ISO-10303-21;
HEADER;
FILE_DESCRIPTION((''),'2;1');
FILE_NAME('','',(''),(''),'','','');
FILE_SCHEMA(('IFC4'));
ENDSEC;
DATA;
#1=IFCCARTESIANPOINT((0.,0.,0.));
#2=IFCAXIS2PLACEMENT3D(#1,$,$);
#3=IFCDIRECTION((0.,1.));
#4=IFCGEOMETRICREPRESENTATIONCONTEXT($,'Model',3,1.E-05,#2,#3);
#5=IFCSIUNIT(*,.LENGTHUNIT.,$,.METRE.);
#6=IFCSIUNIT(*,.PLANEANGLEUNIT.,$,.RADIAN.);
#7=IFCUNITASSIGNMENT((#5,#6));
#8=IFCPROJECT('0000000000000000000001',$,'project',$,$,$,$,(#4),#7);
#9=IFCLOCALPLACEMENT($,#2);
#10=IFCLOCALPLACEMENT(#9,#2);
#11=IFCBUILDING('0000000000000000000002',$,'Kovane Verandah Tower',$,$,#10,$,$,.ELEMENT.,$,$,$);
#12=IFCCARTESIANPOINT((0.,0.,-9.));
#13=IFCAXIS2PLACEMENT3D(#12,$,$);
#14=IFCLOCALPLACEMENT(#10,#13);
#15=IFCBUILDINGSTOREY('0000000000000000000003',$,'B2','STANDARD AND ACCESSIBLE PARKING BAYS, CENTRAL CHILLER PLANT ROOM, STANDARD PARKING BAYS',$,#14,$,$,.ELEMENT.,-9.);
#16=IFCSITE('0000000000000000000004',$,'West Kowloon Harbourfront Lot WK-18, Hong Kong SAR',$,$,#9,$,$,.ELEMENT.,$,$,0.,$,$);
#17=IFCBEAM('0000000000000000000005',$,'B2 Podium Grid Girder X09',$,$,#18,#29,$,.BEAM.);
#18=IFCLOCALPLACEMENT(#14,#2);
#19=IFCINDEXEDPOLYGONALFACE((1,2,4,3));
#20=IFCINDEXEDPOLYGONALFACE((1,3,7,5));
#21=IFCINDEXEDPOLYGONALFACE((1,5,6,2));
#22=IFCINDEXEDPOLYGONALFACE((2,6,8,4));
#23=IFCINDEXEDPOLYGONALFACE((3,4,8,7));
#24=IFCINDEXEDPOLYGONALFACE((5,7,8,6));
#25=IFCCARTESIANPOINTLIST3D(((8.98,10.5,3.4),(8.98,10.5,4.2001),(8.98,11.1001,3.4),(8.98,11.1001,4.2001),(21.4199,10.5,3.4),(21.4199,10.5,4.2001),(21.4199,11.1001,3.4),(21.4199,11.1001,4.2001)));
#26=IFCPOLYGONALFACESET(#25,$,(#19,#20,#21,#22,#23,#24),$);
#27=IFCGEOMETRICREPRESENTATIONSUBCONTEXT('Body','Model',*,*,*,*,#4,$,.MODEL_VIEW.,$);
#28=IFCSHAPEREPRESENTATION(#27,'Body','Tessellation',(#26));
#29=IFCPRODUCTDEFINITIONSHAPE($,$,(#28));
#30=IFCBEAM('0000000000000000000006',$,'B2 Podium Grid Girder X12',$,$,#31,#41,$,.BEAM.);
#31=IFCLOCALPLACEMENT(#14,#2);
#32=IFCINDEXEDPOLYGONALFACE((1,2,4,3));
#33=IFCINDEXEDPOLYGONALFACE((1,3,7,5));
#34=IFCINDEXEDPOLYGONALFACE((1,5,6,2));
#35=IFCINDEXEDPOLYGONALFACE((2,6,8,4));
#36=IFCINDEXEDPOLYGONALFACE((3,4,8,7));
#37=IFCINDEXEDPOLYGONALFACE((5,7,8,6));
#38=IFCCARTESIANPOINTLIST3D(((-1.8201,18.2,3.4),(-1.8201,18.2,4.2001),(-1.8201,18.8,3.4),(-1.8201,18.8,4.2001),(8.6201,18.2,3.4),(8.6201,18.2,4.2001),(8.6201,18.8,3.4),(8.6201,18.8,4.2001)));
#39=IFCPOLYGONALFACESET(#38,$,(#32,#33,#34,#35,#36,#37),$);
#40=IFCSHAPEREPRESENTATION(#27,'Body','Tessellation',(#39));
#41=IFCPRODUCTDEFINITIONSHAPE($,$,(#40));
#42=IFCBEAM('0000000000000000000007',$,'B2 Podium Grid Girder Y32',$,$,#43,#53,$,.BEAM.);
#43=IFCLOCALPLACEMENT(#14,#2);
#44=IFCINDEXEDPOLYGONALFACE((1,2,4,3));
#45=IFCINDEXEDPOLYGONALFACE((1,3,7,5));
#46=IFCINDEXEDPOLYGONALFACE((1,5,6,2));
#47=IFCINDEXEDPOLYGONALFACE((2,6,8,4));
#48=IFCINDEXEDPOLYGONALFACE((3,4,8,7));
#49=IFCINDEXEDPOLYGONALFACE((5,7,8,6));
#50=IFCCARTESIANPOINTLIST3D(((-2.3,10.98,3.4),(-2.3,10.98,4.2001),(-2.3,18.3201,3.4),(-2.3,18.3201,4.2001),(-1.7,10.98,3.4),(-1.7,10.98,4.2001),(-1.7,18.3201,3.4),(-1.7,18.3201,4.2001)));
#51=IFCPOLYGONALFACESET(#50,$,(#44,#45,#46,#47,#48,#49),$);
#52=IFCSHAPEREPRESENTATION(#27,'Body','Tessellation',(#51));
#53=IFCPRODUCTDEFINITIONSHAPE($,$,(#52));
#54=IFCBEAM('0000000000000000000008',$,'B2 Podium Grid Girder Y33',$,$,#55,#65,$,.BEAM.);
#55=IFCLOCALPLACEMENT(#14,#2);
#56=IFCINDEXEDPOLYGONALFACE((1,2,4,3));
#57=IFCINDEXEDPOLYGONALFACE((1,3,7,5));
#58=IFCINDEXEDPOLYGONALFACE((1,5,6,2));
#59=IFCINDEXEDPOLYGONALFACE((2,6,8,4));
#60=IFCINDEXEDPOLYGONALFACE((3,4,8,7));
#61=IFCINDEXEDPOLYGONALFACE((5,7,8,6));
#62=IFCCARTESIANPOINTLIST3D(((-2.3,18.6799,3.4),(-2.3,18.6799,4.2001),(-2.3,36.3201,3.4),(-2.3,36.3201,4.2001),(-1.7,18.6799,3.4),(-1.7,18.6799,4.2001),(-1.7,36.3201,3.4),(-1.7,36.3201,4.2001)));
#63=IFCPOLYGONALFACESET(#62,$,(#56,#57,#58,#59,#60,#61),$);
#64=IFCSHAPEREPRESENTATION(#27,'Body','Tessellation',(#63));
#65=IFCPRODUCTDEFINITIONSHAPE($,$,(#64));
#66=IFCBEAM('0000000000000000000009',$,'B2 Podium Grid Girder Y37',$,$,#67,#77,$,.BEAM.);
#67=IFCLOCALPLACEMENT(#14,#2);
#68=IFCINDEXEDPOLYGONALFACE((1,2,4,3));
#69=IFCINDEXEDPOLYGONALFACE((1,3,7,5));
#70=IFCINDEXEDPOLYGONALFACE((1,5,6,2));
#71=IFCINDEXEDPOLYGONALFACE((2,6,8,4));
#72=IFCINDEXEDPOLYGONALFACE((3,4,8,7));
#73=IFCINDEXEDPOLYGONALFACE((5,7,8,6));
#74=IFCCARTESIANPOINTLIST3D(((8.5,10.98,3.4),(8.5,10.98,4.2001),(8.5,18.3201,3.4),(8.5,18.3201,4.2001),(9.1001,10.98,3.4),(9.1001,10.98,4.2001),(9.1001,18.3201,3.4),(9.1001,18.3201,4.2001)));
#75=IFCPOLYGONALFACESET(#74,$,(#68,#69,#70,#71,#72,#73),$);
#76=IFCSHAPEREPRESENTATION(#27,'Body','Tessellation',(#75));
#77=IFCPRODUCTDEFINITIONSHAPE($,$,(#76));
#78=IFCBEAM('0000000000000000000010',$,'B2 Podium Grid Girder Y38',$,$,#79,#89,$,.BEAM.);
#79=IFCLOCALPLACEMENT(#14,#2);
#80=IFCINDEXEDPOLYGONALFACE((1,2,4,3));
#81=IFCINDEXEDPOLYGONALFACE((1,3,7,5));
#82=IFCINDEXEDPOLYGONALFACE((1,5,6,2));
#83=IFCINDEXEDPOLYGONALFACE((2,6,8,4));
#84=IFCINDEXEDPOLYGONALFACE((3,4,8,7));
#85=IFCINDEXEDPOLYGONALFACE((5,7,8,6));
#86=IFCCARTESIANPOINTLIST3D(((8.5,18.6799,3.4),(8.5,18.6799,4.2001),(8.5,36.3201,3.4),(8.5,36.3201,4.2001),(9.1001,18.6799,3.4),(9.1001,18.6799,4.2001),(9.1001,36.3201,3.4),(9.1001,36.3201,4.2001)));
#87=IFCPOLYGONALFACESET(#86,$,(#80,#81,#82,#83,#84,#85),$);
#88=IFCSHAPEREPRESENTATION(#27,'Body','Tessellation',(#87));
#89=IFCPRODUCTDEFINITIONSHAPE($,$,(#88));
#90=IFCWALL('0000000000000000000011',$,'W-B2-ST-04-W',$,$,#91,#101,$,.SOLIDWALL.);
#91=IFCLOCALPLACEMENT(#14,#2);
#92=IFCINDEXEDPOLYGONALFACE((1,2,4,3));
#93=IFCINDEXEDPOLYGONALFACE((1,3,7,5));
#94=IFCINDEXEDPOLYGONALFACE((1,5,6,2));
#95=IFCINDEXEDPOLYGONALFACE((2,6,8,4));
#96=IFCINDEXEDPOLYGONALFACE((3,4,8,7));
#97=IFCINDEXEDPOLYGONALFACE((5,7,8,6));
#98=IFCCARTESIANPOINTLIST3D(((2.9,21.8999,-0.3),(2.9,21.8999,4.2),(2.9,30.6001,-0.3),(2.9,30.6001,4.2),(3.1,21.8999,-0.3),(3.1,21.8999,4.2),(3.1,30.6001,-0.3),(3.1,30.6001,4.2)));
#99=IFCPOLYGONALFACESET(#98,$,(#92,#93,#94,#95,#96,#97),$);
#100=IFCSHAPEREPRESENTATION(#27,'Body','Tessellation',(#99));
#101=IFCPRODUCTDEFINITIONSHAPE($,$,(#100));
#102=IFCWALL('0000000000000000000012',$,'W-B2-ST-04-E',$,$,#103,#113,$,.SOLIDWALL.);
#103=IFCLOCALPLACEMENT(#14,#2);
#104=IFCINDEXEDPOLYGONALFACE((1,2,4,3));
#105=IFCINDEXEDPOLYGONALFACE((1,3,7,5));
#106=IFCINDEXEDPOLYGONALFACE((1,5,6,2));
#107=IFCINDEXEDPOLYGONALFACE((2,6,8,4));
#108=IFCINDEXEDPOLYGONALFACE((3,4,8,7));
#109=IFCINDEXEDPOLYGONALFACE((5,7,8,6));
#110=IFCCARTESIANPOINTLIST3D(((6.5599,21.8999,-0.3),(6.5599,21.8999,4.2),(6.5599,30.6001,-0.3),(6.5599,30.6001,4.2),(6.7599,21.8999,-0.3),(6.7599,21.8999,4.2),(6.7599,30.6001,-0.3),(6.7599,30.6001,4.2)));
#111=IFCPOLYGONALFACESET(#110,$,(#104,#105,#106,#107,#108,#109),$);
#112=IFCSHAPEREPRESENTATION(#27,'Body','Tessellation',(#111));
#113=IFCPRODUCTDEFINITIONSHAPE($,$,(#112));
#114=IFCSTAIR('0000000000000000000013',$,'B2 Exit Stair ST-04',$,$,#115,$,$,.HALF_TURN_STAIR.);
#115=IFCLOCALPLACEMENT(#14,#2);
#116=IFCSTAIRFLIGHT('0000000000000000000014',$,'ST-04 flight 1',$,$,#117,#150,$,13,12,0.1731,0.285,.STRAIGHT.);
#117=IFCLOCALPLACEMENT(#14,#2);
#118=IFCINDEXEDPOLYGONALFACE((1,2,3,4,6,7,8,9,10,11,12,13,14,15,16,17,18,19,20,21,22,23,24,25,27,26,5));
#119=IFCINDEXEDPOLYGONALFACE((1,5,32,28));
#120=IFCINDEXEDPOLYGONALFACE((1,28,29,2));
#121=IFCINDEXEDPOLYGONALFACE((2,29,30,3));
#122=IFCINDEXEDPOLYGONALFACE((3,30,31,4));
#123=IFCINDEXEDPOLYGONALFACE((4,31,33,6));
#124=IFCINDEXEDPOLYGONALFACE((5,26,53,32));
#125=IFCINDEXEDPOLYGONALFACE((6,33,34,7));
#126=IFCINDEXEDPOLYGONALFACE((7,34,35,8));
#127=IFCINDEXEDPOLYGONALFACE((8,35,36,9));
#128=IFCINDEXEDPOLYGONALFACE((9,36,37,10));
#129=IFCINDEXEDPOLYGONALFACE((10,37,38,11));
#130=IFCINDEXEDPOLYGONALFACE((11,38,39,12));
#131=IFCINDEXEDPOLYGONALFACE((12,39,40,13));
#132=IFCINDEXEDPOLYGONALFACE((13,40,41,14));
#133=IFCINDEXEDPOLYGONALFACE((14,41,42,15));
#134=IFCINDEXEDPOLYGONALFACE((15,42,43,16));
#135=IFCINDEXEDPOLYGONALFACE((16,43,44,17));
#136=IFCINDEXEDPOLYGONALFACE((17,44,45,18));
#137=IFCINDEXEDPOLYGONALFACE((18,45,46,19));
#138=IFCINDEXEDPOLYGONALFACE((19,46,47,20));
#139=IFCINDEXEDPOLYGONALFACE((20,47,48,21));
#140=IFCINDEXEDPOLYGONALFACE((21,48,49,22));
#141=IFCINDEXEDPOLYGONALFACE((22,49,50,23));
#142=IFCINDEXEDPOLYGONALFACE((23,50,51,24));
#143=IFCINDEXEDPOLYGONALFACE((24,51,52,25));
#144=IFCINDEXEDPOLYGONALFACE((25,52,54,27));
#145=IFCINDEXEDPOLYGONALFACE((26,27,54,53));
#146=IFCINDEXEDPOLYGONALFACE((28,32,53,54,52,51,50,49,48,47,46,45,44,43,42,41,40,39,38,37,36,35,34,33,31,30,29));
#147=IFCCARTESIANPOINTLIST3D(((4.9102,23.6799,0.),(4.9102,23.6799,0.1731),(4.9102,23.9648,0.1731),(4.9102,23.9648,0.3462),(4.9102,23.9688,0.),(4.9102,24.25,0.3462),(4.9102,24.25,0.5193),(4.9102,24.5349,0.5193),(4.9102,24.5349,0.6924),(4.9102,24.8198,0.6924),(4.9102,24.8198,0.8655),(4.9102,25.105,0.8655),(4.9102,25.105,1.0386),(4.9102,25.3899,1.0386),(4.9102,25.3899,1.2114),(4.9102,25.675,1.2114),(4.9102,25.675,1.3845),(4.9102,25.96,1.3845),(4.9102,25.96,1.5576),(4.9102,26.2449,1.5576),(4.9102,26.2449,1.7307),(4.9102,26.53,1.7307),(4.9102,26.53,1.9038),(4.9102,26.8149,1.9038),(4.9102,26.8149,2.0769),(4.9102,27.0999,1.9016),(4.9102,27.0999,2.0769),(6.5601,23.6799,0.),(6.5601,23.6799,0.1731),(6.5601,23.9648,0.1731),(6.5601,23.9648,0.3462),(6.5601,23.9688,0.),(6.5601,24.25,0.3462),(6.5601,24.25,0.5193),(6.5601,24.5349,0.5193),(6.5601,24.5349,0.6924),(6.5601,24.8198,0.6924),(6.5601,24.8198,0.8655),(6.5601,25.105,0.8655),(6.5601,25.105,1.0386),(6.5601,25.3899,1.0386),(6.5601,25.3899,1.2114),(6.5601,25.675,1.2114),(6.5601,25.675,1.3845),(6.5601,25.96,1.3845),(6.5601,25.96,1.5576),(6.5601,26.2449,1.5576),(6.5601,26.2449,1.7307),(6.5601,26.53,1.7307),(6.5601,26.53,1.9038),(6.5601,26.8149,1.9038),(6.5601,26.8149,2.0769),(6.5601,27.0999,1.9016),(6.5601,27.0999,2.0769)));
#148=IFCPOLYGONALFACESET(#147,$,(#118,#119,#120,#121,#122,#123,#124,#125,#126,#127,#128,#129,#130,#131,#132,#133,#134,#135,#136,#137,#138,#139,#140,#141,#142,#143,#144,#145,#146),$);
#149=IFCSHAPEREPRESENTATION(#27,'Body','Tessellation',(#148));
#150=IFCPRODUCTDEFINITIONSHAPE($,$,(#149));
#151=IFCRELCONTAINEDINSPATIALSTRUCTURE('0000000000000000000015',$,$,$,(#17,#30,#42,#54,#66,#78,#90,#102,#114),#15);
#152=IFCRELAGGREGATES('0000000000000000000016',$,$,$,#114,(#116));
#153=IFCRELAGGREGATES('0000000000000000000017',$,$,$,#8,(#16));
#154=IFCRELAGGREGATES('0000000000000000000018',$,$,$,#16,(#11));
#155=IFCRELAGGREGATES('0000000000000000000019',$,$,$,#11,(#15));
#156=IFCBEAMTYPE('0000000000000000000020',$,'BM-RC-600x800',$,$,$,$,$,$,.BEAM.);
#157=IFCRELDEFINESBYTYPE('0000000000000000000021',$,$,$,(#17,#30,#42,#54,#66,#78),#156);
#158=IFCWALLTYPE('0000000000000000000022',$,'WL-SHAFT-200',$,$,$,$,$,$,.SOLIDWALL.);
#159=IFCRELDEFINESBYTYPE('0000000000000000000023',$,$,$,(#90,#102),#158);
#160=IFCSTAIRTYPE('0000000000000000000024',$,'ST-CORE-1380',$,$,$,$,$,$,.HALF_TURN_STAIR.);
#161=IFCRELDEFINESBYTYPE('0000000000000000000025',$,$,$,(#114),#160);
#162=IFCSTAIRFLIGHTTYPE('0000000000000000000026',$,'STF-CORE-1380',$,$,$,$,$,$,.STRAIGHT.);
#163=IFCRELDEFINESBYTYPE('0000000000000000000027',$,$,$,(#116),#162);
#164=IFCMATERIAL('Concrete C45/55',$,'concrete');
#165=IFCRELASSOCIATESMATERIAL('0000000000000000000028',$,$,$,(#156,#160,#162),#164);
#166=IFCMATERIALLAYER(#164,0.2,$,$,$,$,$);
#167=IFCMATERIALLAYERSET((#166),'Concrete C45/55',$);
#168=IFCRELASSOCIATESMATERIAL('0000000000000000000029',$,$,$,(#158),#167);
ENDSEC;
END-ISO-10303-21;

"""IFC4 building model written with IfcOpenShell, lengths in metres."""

from ifc_helpers import new_model, si_unit, direction, frame, frame_2d, origin, origin_2d, place, context, subcontext, project, spatial, polyline, rectangle, outline, extrude, material, layer, layer_set, material_profile, profile_set, type_object, element, aggregate, save


model = new_model("IFC4")

# Units and contexts
model_context = context("Model", 3, precision=1e-05, world=origin(), true_north=direction((0.0, 1.0)))
body_context = subcontext(model_context, "Body", "Model", "MODEL_VIEW")
ifc_project = project(units=[si_unit("LENGTHUNIT", "METRE"), si_unit("PLANEANGLEUNIT", "RADIAN")], contexts=[model_context])

# Site, building, storey
site_placement = place(None, origin())
site = spatial("IfcSite", under=ifc_project, at=site_placement, Name="West Kowloon Harbourfront Lot WK-18, Hong Kong SAR", CompositionType="ELEMENT", RefElevation=0.0)
building_placement = place(site_placement, origin())
building = spatial("IfcBuilding", under=site, at=building_placement, Name="Kovane Verandah Tower", CompositionType="ELEMENT")
storey_placement = place(building_placement, frame((0.0, 0.0, -9.0)))
storey = spatial("IfcBuildingStorey", under=building, at=storey_placement, Name="B2", Description="STANDARD AND ACCESSIBLE PARKING BAYS, CENTRAL CHILLER PLANT ROOM, STANDARD PARKING BAYS", CompositionType="ELEMENT", Elevation=-9.0)

# Beams
ifc_material_1 = material(Name="Concrete C45/55", Category="concrete")
ifc_material_profile_1 = material_profile(ifc_material_1, rectangle(XDim=0.6001, YDim=0.8, at=origin_2d()), Name="RCB600x800")
ifc_profile_set_1 = profile_set([ifc_material_profile_1], Name="Concrete C45/55")
beam_type = type_object("IfcBeamType", Name="BM-RC-600x800", PredefinedType="BEAM", material=ifc_profile_set_1)
beam_1_placement = place(storey_placement, frame((8.98, 10.8, 3.8), z_axis=(1.0, 0.0, 0.0), x_axis=(0.0, 1.0, 0.0)))
element("IfcBeam", 1, at=beam_1_placement, inside=storey, type_object=beam_type, Name="B2 Podium Grid Girder X09", PredefinedType="BEAM", context=body_context, shape_type="SweptSolid", body=[
    extrude(rectangle(XDim=0.6001, YDim=0.8, at=origin_2d()), origin(), (0.0, 0.0, 1.0), 12.4399),
])
beam_2_placement = place(storey_placement, frame((-1.8201, 18.5, 3.8), z_axis=(1.0, 0.0, 0.0), x_axis=(0.0, 1.0, 0.0)))
element("IfcBeam", 2, at=beam_2_placement, inside=storey, type_object=beam_type, Name="B2 Podium Grid Girder X12", PredefinedType="BEAM", context=body_context, shape_type="SweptSolid", body=[
    extrude(rectangle(XDim=0.6001, YDim=0.8, at=origin_2d()), origin(), (0.0, 0.0, 1.0), 10.4402),
])
beam_3_placement = place(storey_placement, frame((-2.0, 10.98, 3.8), z_axis=(0.0, 1.0, 0.0), x_axis=(-1.0, 0.0, 0.0)))
element("IfcBeam", 3, at=beam_3_placement, inside=storey, type_object=beam_type, Name="B2 Podium Grid Girder Y32", PredefinedType="BEAM", context=body_context, shape_type="SweptSolid", body=[
    extrude(rectangle(XDim=0.6001, YDim=0.8, at=origin_2d()), origin(), (0.0, 0.0, 1.0), 7.3401),
])
beam_4_placement = place(storey_placement, frame((-2.0, 18.6799, 3.8), z_axis=(0.0, 1.0, 0.0), x_axis=(-1.0, 0.0, 0.0)))
element("IfcBeam", 4, at=beam_4_placement, inside=storey, type_object=beam_type, Name="B2 Podium Grid Girder Y33", PredefinedType="BEAM", context=body_context, shape_type="SweptSolid", body=[
    extrude(rectangle(XDim=0.6001, YDim=0.8, at=origin_2d()), origin(), (0.0, 0.0, 1.0), 17.6401),
])
beam_5_placement = place(storey_placement, frame((8.8, 10.98, 3.8), z_axis=(0.0, 1.0, 0.0), x_axis=(-1.0, 0.0, 0.0)))
element("IfcBeam", 5, at=beam_5_placement, inside=storey, type_object=beam_type, Name="B2 Podium Grid Girder Y37", PredefinedType="BEAM", context=body_context, shape_type="SweptSolid", body=[
    extrude(rectangle(XDim=0.6001, YDim=0.8, at=origin_2d()), origin(), (0.0, 0.0, 1.0), 7.3401),
])
beam_6_placement = place(storey_placement, frame((8.8, 18.6799, 3.8), z_axis=(0.0, 1.0, 0.0), x_axis=(-1.0, 0.0, 0.0)))
element("IfcBeam", 6, at=beam_6_placement, inside=storey, type_object=beam_type, Name="B2 Podium Grid Girder Y38", PredefinedType="BEAM", context=body_context, shape_type="SweptSolid", body=[
    extrude(rectangle(XDim=0.6001, YDim=0.8, at=origin_2d()), origin(), (0.0, 0.0, 1.0), 17.6401),
])

# Walls
ifc_layer_1 = layer(ifc_material_1, 0.2)
ifc_layer_set_1 = layer_set([ifc_layer_1], Name="Concrete C45/55")
wall_type = type_object("IfcWallType", Name="WL-SHAFT-200", PredefinedType="SOLIDWALL", material=ifc_layer_set_1)
for number, where, z_axis, x_axis, name in (
    (7, (3.0, 21.8999, -0.3), (0.0, 0.0, 1.0), (0.0, 1.0, 0.0), "W-B2-ST-04-W"),
    (8, (6.6599, 21.8999, -0.3), (0.0, 0.0, 1.0), (0.0, 1.0, 0.0), "W-B2-ST-04-E"),
):
    element("IfcWall", number, at=place(storey_placement, frame(where, z_axis=z_axis, x_axis=x_axis)), inside=storey, type_object=wall_type, Name=name, PredefinedType="SOLIDWALL", context=body_context, shape_type="SweptSolid", body=[
        extrude(rectangle(XDim=8.7002, YDim=0.2, at=frame_2d((4.3501, 0.0))), origin(), (0.0, 0.0, 1.0), 4.5),
    ])

# Stair, stair flight
stair_type = type_object("IfcStairType", Name="ST-CORE-1380", PredefinedType="HALF_TURN_STAIR", material=ifc_material_1)
stair_placement = place(storey_placement, origin())
stair = element("IfcStair", 9, at=stair_placement, inside=storey, type_object=stair_type, Name="B2 Exit Stair ST-04", PredefinedType="HALF_TURN_STAIR")
stair_flight_type = type_object("IfcStairFlightType", Name="STF-CORE-1380", PredefinedType="STRAIGHT", material=ifc_material_1)
stair_flight_placement = place(storey_placement, frame((5.7351, 23.6799, 0.0), z_axis=(0.0, 0.0, 1.0), x_axis=(0.0, 1.0, 0.0)))
stair_flight = element("IfcStairFlight", 10, at=stair_flight_placement, type_object=stair_flight_type, Name="ST-04 flight 1", NumberOfRisers=13, NumberOfTreads=12, PredefinedType="STRAIGHT", RiserHeight=0.1731, TreadLength=0.285, context=body_context, shape_type="SweptSolid", body=[
    extrude(outline(polyline([(0.0, 0.0), (0.0, 0.1731), (0.2849, 0.1731), (0.2849, 0.3462), (0.5701, 0.3462), (0.5701, 0.5193), (0.855, 0.5193), (0.855, 0.6924), (1.1399, 0.6924), (1.1399, 0.8655), (1.425, 0.8655), (1.425, 1.0386), (1.71, 1.0386), (1.71, 1.2114), (1.9951, 1.2114), (1.9951, 1.3845), (2.28, 1.3845), (2.28, 1.5576), (2.5649, 1.5576), (2.5649, 1.7307), (2.8501, 1.7307), (2.8501, 1.9038), (3.135, 1.9038), (3.135, 2.0769), (3.4199, 2.0769), (3.4199, 2.25), (3.4199, 1.9016), (0.2888, 0.0), (0.0, 0.0)])), frame((0.0, 0.825, 0.0), z_axis=(0.0, -1.0, 0.0), x_axis=(1.0, 0.0, 0.0)), (0.0, 0.0, 1.0), 1.6499),
])
aggregate(stair, [stair_flight])

save(model, "model.ifc")
